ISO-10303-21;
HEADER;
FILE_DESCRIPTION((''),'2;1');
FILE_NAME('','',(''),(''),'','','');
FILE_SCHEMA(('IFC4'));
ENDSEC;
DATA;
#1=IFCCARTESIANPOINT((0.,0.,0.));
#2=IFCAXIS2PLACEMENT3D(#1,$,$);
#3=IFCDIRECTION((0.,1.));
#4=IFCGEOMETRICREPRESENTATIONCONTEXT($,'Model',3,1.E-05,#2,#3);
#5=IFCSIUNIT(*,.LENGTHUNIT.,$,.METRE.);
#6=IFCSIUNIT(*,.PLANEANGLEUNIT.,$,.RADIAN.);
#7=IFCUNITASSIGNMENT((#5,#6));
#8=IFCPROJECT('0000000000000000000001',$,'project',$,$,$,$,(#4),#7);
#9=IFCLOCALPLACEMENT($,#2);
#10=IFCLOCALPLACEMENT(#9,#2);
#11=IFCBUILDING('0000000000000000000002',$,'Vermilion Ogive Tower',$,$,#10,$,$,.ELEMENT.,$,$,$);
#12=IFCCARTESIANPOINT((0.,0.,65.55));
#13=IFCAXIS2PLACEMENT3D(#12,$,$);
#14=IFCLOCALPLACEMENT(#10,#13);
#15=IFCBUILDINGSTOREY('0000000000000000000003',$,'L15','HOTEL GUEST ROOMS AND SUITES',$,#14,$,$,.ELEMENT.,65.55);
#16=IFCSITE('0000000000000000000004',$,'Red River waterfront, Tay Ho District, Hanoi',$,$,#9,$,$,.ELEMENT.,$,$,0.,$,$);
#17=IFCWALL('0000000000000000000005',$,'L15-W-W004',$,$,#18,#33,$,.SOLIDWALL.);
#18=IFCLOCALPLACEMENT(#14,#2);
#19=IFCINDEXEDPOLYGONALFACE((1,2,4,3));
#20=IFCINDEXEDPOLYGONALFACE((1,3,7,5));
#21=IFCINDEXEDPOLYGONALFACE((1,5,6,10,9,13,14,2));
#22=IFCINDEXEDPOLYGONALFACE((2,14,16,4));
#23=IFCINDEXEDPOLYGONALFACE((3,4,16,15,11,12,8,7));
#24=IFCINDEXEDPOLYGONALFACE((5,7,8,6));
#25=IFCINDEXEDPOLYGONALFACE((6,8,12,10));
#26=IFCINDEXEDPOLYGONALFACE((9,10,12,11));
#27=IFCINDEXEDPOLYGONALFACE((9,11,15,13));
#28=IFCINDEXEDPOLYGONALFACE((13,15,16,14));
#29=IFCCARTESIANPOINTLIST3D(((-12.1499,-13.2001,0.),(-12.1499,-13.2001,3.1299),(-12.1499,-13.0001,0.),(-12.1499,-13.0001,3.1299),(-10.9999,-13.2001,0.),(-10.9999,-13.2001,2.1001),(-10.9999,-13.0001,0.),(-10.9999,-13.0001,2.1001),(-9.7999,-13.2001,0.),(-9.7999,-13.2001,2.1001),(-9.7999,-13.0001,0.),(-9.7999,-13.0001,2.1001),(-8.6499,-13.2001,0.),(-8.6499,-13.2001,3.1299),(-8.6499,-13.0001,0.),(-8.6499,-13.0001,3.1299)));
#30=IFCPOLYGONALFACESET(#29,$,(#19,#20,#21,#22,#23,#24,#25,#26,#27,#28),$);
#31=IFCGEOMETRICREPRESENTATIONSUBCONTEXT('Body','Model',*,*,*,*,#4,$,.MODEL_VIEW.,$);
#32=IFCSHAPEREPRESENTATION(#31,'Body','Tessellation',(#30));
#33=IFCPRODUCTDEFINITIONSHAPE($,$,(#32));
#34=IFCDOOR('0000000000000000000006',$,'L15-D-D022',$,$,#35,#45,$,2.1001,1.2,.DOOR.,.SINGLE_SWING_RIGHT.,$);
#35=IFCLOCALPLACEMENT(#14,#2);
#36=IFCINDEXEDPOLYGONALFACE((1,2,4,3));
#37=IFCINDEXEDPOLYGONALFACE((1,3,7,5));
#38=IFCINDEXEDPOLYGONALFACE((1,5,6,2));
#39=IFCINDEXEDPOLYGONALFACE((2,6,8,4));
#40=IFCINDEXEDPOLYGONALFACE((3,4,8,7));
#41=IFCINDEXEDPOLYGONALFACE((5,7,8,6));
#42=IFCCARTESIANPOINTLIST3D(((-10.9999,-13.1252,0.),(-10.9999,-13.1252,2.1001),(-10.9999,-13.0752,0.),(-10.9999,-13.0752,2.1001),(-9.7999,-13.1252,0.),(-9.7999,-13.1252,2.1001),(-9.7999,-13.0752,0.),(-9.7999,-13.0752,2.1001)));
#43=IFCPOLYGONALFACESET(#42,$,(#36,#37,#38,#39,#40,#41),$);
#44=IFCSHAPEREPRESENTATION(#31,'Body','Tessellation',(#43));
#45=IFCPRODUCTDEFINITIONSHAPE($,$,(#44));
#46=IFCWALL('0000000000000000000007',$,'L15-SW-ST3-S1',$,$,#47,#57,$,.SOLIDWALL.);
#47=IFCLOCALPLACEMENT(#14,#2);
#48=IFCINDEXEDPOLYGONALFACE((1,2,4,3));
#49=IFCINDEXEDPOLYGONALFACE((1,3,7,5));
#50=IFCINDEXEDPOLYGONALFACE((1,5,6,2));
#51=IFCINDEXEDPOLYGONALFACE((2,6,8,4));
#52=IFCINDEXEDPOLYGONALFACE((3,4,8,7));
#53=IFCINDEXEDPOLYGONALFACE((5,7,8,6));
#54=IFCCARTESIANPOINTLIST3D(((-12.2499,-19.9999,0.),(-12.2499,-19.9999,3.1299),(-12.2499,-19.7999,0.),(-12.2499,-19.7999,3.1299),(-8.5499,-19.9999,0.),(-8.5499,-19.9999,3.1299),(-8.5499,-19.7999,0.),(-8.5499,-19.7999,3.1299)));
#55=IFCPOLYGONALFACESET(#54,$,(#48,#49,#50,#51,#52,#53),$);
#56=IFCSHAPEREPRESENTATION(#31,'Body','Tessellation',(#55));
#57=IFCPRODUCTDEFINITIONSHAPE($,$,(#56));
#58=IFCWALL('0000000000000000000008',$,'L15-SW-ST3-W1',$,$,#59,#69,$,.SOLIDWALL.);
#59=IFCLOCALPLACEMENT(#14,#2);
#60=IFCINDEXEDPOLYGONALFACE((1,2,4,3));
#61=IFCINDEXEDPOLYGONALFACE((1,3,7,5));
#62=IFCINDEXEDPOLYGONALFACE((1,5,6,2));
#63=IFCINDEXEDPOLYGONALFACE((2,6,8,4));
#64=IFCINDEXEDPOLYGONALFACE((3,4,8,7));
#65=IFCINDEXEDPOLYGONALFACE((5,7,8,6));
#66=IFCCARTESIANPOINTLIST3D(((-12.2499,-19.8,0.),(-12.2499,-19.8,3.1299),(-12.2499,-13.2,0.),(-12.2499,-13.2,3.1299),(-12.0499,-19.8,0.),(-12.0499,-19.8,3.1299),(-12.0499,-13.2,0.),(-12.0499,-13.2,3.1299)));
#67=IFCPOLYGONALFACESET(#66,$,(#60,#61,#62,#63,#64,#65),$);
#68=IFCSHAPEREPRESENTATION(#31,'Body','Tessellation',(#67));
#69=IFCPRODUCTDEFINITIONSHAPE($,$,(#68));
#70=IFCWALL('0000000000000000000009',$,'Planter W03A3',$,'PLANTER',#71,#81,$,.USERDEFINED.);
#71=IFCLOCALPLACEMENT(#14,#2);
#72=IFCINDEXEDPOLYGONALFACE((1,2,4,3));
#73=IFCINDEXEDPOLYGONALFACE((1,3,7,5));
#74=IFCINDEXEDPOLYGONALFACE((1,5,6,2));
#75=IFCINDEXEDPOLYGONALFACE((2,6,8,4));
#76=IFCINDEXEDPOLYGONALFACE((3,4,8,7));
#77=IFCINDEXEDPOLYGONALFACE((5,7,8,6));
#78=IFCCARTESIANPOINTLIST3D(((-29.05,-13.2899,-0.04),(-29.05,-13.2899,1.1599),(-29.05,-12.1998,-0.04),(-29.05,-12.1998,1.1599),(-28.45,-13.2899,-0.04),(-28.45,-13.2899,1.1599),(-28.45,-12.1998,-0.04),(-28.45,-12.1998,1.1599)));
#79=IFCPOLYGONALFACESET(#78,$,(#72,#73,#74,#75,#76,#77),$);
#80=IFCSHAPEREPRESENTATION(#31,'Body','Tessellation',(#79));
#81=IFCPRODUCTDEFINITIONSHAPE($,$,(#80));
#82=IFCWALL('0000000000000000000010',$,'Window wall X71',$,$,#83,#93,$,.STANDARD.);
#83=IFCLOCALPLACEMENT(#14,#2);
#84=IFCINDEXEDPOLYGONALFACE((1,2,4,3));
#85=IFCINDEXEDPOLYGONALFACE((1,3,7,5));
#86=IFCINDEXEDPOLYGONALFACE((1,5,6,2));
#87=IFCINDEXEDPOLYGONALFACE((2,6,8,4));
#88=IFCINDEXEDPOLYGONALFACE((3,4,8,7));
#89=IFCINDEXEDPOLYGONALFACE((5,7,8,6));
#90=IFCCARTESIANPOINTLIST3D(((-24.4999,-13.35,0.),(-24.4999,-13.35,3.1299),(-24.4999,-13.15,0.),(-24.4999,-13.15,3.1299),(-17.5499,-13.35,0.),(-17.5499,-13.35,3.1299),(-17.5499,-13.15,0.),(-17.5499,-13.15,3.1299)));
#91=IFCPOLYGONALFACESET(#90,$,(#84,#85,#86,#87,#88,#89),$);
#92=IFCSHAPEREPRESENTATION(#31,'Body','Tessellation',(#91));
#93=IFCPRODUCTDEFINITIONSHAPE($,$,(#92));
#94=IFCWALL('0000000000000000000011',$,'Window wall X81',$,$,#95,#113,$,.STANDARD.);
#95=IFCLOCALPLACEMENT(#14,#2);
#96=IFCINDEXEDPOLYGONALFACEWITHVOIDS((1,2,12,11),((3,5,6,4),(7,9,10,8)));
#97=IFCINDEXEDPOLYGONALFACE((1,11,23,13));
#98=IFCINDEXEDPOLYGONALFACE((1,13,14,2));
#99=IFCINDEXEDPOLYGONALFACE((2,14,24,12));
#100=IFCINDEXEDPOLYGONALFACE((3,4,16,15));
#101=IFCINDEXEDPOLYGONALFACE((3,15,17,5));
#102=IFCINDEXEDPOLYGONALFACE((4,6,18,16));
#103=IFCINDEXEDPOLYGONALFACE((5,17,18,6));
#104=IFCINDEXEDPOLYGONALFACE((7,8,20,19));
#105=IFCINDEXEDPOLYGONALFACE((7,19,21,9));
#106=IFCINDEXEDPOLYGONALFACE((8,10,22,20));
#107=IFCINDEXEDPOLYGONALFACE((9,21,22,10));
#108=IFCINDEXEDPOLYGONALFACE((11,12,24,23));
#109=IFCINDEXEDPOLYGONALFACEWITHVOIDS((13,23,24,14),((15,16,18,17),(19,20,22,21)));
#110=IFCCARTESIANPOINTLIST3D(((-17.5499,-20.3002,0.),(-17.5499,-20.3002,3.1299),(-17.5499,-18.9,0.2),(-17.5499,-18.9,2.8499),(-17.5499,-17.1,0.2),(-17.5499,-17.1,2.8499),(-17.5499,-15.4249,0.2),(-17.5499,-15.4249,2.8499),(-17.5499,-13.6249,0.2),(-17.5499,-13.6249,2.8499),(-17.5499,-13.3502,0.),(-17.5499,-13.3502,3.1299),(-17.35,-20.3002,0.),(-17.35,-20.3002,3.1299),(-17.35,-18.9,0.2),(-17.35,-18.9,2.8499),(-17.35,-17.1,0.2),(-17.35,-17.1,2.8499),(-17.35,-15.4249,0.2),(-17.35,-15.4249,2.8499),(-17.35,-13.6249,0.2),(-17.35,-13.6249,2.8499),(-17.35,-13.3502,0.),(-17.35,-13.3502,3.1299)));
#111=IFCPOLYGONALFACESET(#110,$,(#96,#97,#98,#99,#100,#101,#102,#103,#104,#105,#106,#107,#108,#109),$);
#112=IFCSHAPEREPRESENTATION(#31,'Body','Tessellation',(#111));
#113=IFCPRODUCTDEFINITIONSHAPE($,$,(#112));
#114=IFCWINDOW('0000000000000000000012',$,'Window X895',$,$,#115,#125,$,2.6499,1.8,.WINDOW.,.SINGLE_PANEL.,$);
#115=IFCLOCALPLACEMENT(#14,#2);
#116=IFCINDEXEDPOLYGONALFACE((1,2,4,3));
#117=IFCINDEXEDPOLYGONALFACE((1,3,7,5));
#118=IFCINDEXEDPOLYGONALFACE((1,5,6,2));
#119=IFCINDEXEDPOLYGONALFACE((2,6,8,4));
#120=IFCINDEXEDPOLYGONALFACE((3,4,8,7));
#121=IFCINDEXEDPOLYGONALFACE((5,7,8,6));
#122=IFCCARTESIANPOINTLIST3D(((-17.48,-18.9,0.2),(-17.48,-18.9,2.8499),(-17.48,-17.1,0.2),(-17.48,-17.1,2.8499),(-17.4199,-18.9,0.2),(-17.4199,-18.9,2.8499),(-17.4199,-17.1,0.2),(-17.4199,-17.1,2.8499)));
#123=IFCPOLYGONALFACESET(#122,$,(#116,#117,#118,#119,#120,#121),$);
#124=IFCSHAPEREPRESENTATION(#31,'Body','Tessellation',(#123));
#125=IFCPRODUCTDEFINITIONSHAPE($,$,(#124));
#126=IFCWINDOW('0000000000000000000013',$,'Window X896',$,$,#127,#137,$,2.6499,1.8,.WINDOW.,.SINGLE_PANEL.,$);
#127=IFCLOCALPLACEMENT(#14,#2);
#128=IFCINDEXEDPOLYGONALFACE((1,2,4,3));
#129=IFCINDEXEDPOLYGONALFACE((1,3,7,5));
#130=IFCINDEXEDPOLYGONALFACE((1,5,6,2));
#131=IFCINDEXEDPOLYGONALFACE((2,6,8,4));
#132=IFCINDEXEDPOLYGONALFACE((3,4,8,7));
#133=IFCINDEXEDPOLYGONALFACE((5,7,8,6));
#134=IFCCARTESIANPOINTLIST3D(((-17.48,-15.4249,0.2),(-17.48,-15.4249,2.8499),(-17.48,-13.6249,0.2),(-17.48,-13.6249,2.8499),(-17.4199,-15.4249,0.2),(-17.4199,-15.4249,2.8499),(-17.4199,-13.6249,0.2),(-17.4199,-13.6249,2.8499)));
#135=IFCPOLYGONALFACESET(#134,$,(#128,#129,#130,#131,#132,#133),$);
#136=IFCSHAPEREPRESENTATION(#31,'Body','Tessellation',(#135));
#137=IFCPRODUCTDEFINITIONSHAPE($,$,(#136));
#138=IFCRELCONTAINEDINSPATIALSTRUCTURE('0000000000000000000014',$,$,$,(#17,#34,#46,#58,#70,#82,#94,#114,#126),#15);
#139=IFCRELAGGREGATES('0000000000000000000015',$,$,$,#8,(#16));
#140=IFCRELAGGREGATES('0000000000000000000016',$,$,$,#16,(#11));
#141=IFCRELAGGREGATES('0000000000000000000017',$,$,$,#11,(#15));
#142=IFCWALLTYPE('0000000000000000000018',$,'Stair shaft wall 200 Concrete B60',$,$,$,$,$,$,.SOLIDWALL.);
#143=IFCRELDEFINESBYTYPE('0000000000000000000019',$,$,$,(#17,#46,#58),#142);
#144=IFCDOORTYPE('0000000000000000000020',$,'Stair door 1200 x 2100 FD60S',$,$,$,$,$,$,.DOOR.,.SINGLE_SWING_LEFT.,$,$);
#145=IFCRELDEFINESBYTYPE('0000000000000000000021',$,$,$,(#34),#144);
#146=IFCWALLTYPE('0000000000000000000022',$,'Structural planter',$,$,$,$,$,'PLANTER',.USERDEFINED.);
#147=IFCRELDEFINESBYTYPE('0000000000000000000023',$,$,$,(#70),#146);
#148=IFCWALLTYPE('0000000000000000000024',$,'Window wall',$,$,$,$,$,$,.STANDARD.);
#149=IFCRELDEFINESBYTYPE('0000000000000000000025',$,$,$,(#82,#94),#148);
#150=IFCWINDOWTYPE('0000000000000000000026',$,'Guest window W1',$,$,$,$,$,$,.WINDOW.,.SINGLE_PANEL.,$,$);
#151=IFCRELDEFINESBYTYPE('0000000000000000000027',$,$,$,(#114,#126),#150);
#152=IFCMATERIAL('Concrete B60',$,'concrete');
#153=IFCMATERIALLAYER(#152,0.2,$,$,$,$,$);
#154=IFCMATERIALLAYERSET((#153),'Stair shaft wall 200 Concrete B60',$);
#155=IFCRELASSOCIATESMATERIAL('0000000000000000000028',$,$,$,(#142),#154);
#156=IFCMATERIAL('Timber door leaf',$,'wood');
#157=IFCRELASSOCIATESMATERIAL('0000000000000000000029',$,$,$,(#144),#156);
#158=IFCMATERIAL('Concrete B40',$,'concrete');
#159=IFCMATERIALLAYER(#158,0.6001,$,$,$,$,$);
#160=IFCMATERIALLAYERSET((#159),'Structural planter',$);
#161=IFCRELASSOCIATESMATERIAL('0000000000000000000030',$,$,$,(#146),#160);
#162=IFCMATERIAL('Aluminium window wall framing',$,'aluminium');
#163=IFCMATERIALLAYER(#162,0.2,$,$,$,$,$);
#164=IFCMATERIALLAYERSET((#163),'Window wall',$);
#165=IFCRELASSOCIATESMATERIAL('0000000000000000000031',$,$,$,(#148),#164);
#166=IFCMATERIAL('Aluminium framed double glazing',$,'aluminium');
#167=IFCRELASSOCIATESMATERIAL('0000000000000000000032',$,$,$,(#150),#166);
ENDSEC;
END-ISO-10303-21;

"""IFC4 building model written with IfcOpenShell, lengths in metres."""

from ifc_helpers import new_model, si_unit, direction, frame, frame_2d, origin, place, context, subcontext, project, spatial, rectangle, extrude, material, layer, layer_set, type_object, element, fill, save


model = new_model("IFC4")

# Units and contexts
model_context = context("Model", 3, precision=1e-05, world=origin(), true_north=direction((0.0, 1.0)))
body_context = subcontext(model_context, "Body", "Model", "MODEL_VIEW")
ifc_project = project(units=[si_unit("LENGTHUNIT", "METRE"), si_unit("PLANEANGLEUNIT", "RADIAN")], contexts=[model_context])

# Site, building, storey
site_placement = place(None, origin())
site = spatial("IfcSite", under=ifc_project, at=site_placement, Name="Red River waterfront, Tay Ho District, Hanoi", CompositionType="ELEMENT", RefElevation=0.0)
building_placement = place(site_placement, origin())
building = spatial("IfcBuilding", under=site, at=building_placement, Name="Vermilion Ogive Tower", CompositionType="ELEMENT")
storey_placement = place(building_placement, frame((0.0, 0.0, 65.55)))
storey = spatial("IfcBuildingStorey", under=building, at=storey_placement, Name="L15", Description="HOTEL GUEST ROOMS AND SUITES", CompositionType="ELEMENT", Elevation=65.55)

# Wall, opening, door
ifc_material_1 = material(Name="Concrete B60", Category="concrete")
ifc_layer_1 = layer(ifc_material_1, 0.2)
ifc_layer_set_1 = layer_set([ifc_layer_1], Name="Stair shaft wall 200 Concrete B60")
wall_type_1 = type_object("IfcWallType", Name="Stair shaft wall 200 Concrete B60", PredefinedType="SOLIDWALL", material=ifc_layer_set_1)
wall_1_placement = place(storey_placement, frame((-12.1499, -13.1001, 0.0), z_axis=(0.0, 0.0, 1.0), x_axis=(1.0, 0.0, 0.0)))
wall_1 = element("IfcWall", 1, at=wall_1_placement, inside=storey, type_object=wall_type_1, Name="L15-W-W004", PredefinedType="SOLIDWALL", context=body_context, shape_type="SweptSolid", body=[
    extrude(rectangle(XDim=3.5, YDim=0.2, at=frame_2d((1.75, 0.0))), origin(), (0.0, 0.0, 1.0), 3.1299),
])
opening_1_placement = place(wall_1_placement, frame((1.1499, 0.0, 0.0)))
opening_1 = element("IfcOpeningElement", 2, at=opening_1_placement, cuts=wall_1, PredefinedType="OPENING", context=body_context, shape_type="SweptSolid", body=[
    extrude(rectangle(XDim=1.2, YDim=2.1001, at=frame_2d((0.6001, 1.05))), frame((0.0, 0.1099, 0.0), z_axis=(0.0, -1.0, 0.0), x_axis=(1.0, 0.0, 0.0)), (0.0, 0.0, 1.0), 0.22),
])
ifc_material_2 = material(Name="Timber door leaf", Category="wood")
door_type = type_object("IfcDoorType", Name="Stair door 1200 x 2100 FD60S", OperationType="SINGLE_SWING_LEFT", PredefinedType="DOOR", material=ifc_material_2)
door_placement = place(opening_1_placement, origin())
door = element("IfcDoor", 3, at=door_placement, inside=storey, type_object=door_type, Name="L15-D-D022", OperationType="SINGLE_SWING_RIGHT", OverallHeight=2.1001, OverallWidth=1.2, PredefinedType="DOOR", context=body_context, shape_type="SweptSolid", body=[
    extrude(rectangle(XDim=1.2, YDim=2.1001, at=frame_2d((0.6001, 1.05))), frame((0.0, 0.0249, 0.0), z_axis=(0.0, -1.0, 0.0), x_axis=(1.0, 0.0, 0.0)), (0.0, 0.0, 1.0), 0.05),
])
fill(opening_1, door)

# Walls
wall_2_placement = place(storey_placement, frame((-12.25, -19.8999, 0.0), z_axis=(0.0, 0.0, 1.0), x_axis=(1.0, 0.0, 0.0)))
element("IfcWall", 4, at=wall_2_placement, inside=storey, type_object=wall_type_1, Name="L15-SW-ST3-S1", PredefinedType="SOLIDWALL", context=body_context, shape_type="SweptSolid", body=[
    extrude(rectangle(XDim=3.7, YDim=0.2, at=frame_2d((1.8501, 0.0))), origin(), (0.0, 0.0, 1.0), 3.1299),
])
wall_3_placement = place(storey_placement, frame((-12.1499, -19.8, 0.0), z_axis=(0.0, 0.0, 1.0), x_axis=(0.0, 1.0, 0.0)))
element("IfcWall", 5, at=wall_3_placement, inside=storey, type_object=wall_type_1, Name="L15-SW-ST3-W1", PredefinedType="SOLIDWALL", context=body_context, shape_type="SweptSolid", body=[
    extrude(rectangle(XDim=6.6001, YDim=0.2, at=frame_2d((3.3, 0.0))), origin(), (0.0, 0.0, 1.0), 3.1299),
])
ifc_material_3 = material(Name="Concrete B40", Category="concrete")
ifc_layer_2 = layer(ifc_material_3, 0.6001)
ifc_layer_set_2 = layer_set([ifc_layer_2], Name="Structural planter")
wall_type_2 = type_object("IfcWallType", Name="Structural planter", ElementType="PLANTER", PredefinedType="USERDEFINED", material=ifc_layer_set_2)
wall_4_placement = place(storey_placement, frame((-28.75, -12.2, -0.04), z_axis=(0.0, 0.0, 1.0), x_axis=(0.0, -1.0, 0.0)))
element("IfcWall", 6, at=wall_4_placement, inside=storey, type_object=wall_type_2, Name="Planter W03A3", ObjectType="PLANTER", PredefinedType="USERDEFINED", context=body_context, shape_type="SweptSolid", body=[
    extrude(rectangle(XDim=1.0901, YDim=0.6001, at=frame_2d((0.5449, 0.0))), origin(), (0.0, 0.0, 1.0), 1.2),
])
ifc_material_4 = material(Name="Aluminium window wall framing", Category="aluminium")
ifc_layer_3 = layer(ifc_material_4, 0.2)
ifc_layer_set_3 = layer_set([ifc_layer_3], Name="Window wall")
wall_type_3 = type_object("IfcWallType", Name="Window wall", PredefinedType="STANDARD", material=ifc_layer_set_3)
wall_5_placement = place(storey_placement, frame((-24.5, -13.25, 0.0), z_axis=(0.0, 0.0, 1.0), x_axis=(1.0, 0.0, 0.0)))
element("IfcWall", 7, at=wall_5_placement, inside=storey, type_object=wall_type_3, Name="Window wall X71", PredefinedType="STANDARD", context=body_context, shape_type="SweptSolid", body=[
    extrude(rectangle(XDim=6.95, YDim=0.2, at=frame_2d((3.4751, 0.0))), origin(), (0.0, 0.0, 1.0), 3.1299),
])

# Wall, openings, windows
wall_6_placement = place(storey_placement, frame((-17.45, -13.3501, 0.0), z_axis=(0.0, 0.0, 1.0), x_axis=(0.0, -1.0, 0.0)))
wall_6 = element("IfcWall", 8, at=wall_6_placement, inside=storey, type_object=wall_type_3, Name="Window wall X81", PredefinedType="STANDARD", context=body_context, shape_type="SweptSolid", body=[
    extrude(rectangle(XDim=6.95, YDim=0.2, at=frame_2d((3.4751, 0.0))), origin(), (0.0, 0.0, 1.0), 3.1299),
])
opening_2_placement = place(wall_6_placement, frame((3.75, 0.0, 0.2)))
opening_2 = element("IfcOpeningElement", 9, at=opening_2_placement, cuts=wall_6, PredefinedType="OPENING", context=body_context, shape_type="SweptSolid", body=[
    extrude(rectangle(XDim=1.8, YDim=2.6499, at=frame_2d((0.8999, 1.325))), frame((0.0, 0.1099, 0.0), z_axis=(0.0, -1.0, 0.0), x_axis=(1.0, 0.0, 0.0)), (0.0, 0.0, 1.0), 0.22),
])
opening_3_placement = place(wall_6_placement, frame((0.2749, 0.0, 0.2)))
opening_3 = element("IfcOpeningElement", 10, at=opening_3_placement, cuts=wall_6, PredefinedType="OPENING", context=body_context, shape_type="SweptSolid", body=[
    extrude(rectangle(XDim=1.8, YDim=2.6499, at=frame_2d((0.8999, 1.325))), frame((0.0, 0.1099, 0.0), z_axis=(0.0, -1.0, 0.0), x_axis=(1.0, 0.0, 0.0)), (0.0, 0.0, 1.0), 0.22),
])
ifc_material_5 = material(Name="Aluminium framed double glazing", Category="aluminium")
window_type = type_object("IfcWindowType", Name="Guest window W1", PartitioningType="SINGLE_PANEL", PredefinedType="WINDOW", material=ifc_material_5)
window_1_placement = place(opening_2_placement, origin())
window_1 = element("IfcWindow", 11, at=window_1_placement, inside=storey, type_object=window_type, Name="Window X895", OverallHeight=2.6499, OverallWidth=1.8, PartitioningType="SINGLE_PANEL", PredefinedType="WINDOW", context=body_context, shape_type="SweptSolid", body=[
    extrude(rectangle(XDim=1.8, YDim=2.6499, at=frame_2d((0.8999, 1.325))), frame((0.0, 0.03, 0.0), z_axis=(0.0, -1.0, 0.0), x_axis=(1.0, 0.0, 0.0)), (0.0, 0.0, 1.0), 0.0601),
])
fill(opening_2, window_1)
window_2_placement = place(opening_3_placement, origin())
window_2 = element("IfcWindow", 12, at=window_2_placement, inside=storey, type_object=window_type, Name="Window X896", OverallHeight=2.6499, OverallWidth=1.8, PartitioningType="SINGLE_PANEL", PredefinedType="WINDOW", context=body_context, shape_type="SweptSolid", body=[
    extrude(rectangle(XDim=1.8, YDim=2.6499, at=frame_2d((0.8999, 1.325))), frame((0.0, 0.03, 0.0), z_axis=(0.0, -1.0, 0.0), x_axis=(1.0, 0.0, 0.0)), (0.0, 0.0, 1.0), 0.0601),
])
fill(opening_3, window_2)

save(model, "model.ifc")
